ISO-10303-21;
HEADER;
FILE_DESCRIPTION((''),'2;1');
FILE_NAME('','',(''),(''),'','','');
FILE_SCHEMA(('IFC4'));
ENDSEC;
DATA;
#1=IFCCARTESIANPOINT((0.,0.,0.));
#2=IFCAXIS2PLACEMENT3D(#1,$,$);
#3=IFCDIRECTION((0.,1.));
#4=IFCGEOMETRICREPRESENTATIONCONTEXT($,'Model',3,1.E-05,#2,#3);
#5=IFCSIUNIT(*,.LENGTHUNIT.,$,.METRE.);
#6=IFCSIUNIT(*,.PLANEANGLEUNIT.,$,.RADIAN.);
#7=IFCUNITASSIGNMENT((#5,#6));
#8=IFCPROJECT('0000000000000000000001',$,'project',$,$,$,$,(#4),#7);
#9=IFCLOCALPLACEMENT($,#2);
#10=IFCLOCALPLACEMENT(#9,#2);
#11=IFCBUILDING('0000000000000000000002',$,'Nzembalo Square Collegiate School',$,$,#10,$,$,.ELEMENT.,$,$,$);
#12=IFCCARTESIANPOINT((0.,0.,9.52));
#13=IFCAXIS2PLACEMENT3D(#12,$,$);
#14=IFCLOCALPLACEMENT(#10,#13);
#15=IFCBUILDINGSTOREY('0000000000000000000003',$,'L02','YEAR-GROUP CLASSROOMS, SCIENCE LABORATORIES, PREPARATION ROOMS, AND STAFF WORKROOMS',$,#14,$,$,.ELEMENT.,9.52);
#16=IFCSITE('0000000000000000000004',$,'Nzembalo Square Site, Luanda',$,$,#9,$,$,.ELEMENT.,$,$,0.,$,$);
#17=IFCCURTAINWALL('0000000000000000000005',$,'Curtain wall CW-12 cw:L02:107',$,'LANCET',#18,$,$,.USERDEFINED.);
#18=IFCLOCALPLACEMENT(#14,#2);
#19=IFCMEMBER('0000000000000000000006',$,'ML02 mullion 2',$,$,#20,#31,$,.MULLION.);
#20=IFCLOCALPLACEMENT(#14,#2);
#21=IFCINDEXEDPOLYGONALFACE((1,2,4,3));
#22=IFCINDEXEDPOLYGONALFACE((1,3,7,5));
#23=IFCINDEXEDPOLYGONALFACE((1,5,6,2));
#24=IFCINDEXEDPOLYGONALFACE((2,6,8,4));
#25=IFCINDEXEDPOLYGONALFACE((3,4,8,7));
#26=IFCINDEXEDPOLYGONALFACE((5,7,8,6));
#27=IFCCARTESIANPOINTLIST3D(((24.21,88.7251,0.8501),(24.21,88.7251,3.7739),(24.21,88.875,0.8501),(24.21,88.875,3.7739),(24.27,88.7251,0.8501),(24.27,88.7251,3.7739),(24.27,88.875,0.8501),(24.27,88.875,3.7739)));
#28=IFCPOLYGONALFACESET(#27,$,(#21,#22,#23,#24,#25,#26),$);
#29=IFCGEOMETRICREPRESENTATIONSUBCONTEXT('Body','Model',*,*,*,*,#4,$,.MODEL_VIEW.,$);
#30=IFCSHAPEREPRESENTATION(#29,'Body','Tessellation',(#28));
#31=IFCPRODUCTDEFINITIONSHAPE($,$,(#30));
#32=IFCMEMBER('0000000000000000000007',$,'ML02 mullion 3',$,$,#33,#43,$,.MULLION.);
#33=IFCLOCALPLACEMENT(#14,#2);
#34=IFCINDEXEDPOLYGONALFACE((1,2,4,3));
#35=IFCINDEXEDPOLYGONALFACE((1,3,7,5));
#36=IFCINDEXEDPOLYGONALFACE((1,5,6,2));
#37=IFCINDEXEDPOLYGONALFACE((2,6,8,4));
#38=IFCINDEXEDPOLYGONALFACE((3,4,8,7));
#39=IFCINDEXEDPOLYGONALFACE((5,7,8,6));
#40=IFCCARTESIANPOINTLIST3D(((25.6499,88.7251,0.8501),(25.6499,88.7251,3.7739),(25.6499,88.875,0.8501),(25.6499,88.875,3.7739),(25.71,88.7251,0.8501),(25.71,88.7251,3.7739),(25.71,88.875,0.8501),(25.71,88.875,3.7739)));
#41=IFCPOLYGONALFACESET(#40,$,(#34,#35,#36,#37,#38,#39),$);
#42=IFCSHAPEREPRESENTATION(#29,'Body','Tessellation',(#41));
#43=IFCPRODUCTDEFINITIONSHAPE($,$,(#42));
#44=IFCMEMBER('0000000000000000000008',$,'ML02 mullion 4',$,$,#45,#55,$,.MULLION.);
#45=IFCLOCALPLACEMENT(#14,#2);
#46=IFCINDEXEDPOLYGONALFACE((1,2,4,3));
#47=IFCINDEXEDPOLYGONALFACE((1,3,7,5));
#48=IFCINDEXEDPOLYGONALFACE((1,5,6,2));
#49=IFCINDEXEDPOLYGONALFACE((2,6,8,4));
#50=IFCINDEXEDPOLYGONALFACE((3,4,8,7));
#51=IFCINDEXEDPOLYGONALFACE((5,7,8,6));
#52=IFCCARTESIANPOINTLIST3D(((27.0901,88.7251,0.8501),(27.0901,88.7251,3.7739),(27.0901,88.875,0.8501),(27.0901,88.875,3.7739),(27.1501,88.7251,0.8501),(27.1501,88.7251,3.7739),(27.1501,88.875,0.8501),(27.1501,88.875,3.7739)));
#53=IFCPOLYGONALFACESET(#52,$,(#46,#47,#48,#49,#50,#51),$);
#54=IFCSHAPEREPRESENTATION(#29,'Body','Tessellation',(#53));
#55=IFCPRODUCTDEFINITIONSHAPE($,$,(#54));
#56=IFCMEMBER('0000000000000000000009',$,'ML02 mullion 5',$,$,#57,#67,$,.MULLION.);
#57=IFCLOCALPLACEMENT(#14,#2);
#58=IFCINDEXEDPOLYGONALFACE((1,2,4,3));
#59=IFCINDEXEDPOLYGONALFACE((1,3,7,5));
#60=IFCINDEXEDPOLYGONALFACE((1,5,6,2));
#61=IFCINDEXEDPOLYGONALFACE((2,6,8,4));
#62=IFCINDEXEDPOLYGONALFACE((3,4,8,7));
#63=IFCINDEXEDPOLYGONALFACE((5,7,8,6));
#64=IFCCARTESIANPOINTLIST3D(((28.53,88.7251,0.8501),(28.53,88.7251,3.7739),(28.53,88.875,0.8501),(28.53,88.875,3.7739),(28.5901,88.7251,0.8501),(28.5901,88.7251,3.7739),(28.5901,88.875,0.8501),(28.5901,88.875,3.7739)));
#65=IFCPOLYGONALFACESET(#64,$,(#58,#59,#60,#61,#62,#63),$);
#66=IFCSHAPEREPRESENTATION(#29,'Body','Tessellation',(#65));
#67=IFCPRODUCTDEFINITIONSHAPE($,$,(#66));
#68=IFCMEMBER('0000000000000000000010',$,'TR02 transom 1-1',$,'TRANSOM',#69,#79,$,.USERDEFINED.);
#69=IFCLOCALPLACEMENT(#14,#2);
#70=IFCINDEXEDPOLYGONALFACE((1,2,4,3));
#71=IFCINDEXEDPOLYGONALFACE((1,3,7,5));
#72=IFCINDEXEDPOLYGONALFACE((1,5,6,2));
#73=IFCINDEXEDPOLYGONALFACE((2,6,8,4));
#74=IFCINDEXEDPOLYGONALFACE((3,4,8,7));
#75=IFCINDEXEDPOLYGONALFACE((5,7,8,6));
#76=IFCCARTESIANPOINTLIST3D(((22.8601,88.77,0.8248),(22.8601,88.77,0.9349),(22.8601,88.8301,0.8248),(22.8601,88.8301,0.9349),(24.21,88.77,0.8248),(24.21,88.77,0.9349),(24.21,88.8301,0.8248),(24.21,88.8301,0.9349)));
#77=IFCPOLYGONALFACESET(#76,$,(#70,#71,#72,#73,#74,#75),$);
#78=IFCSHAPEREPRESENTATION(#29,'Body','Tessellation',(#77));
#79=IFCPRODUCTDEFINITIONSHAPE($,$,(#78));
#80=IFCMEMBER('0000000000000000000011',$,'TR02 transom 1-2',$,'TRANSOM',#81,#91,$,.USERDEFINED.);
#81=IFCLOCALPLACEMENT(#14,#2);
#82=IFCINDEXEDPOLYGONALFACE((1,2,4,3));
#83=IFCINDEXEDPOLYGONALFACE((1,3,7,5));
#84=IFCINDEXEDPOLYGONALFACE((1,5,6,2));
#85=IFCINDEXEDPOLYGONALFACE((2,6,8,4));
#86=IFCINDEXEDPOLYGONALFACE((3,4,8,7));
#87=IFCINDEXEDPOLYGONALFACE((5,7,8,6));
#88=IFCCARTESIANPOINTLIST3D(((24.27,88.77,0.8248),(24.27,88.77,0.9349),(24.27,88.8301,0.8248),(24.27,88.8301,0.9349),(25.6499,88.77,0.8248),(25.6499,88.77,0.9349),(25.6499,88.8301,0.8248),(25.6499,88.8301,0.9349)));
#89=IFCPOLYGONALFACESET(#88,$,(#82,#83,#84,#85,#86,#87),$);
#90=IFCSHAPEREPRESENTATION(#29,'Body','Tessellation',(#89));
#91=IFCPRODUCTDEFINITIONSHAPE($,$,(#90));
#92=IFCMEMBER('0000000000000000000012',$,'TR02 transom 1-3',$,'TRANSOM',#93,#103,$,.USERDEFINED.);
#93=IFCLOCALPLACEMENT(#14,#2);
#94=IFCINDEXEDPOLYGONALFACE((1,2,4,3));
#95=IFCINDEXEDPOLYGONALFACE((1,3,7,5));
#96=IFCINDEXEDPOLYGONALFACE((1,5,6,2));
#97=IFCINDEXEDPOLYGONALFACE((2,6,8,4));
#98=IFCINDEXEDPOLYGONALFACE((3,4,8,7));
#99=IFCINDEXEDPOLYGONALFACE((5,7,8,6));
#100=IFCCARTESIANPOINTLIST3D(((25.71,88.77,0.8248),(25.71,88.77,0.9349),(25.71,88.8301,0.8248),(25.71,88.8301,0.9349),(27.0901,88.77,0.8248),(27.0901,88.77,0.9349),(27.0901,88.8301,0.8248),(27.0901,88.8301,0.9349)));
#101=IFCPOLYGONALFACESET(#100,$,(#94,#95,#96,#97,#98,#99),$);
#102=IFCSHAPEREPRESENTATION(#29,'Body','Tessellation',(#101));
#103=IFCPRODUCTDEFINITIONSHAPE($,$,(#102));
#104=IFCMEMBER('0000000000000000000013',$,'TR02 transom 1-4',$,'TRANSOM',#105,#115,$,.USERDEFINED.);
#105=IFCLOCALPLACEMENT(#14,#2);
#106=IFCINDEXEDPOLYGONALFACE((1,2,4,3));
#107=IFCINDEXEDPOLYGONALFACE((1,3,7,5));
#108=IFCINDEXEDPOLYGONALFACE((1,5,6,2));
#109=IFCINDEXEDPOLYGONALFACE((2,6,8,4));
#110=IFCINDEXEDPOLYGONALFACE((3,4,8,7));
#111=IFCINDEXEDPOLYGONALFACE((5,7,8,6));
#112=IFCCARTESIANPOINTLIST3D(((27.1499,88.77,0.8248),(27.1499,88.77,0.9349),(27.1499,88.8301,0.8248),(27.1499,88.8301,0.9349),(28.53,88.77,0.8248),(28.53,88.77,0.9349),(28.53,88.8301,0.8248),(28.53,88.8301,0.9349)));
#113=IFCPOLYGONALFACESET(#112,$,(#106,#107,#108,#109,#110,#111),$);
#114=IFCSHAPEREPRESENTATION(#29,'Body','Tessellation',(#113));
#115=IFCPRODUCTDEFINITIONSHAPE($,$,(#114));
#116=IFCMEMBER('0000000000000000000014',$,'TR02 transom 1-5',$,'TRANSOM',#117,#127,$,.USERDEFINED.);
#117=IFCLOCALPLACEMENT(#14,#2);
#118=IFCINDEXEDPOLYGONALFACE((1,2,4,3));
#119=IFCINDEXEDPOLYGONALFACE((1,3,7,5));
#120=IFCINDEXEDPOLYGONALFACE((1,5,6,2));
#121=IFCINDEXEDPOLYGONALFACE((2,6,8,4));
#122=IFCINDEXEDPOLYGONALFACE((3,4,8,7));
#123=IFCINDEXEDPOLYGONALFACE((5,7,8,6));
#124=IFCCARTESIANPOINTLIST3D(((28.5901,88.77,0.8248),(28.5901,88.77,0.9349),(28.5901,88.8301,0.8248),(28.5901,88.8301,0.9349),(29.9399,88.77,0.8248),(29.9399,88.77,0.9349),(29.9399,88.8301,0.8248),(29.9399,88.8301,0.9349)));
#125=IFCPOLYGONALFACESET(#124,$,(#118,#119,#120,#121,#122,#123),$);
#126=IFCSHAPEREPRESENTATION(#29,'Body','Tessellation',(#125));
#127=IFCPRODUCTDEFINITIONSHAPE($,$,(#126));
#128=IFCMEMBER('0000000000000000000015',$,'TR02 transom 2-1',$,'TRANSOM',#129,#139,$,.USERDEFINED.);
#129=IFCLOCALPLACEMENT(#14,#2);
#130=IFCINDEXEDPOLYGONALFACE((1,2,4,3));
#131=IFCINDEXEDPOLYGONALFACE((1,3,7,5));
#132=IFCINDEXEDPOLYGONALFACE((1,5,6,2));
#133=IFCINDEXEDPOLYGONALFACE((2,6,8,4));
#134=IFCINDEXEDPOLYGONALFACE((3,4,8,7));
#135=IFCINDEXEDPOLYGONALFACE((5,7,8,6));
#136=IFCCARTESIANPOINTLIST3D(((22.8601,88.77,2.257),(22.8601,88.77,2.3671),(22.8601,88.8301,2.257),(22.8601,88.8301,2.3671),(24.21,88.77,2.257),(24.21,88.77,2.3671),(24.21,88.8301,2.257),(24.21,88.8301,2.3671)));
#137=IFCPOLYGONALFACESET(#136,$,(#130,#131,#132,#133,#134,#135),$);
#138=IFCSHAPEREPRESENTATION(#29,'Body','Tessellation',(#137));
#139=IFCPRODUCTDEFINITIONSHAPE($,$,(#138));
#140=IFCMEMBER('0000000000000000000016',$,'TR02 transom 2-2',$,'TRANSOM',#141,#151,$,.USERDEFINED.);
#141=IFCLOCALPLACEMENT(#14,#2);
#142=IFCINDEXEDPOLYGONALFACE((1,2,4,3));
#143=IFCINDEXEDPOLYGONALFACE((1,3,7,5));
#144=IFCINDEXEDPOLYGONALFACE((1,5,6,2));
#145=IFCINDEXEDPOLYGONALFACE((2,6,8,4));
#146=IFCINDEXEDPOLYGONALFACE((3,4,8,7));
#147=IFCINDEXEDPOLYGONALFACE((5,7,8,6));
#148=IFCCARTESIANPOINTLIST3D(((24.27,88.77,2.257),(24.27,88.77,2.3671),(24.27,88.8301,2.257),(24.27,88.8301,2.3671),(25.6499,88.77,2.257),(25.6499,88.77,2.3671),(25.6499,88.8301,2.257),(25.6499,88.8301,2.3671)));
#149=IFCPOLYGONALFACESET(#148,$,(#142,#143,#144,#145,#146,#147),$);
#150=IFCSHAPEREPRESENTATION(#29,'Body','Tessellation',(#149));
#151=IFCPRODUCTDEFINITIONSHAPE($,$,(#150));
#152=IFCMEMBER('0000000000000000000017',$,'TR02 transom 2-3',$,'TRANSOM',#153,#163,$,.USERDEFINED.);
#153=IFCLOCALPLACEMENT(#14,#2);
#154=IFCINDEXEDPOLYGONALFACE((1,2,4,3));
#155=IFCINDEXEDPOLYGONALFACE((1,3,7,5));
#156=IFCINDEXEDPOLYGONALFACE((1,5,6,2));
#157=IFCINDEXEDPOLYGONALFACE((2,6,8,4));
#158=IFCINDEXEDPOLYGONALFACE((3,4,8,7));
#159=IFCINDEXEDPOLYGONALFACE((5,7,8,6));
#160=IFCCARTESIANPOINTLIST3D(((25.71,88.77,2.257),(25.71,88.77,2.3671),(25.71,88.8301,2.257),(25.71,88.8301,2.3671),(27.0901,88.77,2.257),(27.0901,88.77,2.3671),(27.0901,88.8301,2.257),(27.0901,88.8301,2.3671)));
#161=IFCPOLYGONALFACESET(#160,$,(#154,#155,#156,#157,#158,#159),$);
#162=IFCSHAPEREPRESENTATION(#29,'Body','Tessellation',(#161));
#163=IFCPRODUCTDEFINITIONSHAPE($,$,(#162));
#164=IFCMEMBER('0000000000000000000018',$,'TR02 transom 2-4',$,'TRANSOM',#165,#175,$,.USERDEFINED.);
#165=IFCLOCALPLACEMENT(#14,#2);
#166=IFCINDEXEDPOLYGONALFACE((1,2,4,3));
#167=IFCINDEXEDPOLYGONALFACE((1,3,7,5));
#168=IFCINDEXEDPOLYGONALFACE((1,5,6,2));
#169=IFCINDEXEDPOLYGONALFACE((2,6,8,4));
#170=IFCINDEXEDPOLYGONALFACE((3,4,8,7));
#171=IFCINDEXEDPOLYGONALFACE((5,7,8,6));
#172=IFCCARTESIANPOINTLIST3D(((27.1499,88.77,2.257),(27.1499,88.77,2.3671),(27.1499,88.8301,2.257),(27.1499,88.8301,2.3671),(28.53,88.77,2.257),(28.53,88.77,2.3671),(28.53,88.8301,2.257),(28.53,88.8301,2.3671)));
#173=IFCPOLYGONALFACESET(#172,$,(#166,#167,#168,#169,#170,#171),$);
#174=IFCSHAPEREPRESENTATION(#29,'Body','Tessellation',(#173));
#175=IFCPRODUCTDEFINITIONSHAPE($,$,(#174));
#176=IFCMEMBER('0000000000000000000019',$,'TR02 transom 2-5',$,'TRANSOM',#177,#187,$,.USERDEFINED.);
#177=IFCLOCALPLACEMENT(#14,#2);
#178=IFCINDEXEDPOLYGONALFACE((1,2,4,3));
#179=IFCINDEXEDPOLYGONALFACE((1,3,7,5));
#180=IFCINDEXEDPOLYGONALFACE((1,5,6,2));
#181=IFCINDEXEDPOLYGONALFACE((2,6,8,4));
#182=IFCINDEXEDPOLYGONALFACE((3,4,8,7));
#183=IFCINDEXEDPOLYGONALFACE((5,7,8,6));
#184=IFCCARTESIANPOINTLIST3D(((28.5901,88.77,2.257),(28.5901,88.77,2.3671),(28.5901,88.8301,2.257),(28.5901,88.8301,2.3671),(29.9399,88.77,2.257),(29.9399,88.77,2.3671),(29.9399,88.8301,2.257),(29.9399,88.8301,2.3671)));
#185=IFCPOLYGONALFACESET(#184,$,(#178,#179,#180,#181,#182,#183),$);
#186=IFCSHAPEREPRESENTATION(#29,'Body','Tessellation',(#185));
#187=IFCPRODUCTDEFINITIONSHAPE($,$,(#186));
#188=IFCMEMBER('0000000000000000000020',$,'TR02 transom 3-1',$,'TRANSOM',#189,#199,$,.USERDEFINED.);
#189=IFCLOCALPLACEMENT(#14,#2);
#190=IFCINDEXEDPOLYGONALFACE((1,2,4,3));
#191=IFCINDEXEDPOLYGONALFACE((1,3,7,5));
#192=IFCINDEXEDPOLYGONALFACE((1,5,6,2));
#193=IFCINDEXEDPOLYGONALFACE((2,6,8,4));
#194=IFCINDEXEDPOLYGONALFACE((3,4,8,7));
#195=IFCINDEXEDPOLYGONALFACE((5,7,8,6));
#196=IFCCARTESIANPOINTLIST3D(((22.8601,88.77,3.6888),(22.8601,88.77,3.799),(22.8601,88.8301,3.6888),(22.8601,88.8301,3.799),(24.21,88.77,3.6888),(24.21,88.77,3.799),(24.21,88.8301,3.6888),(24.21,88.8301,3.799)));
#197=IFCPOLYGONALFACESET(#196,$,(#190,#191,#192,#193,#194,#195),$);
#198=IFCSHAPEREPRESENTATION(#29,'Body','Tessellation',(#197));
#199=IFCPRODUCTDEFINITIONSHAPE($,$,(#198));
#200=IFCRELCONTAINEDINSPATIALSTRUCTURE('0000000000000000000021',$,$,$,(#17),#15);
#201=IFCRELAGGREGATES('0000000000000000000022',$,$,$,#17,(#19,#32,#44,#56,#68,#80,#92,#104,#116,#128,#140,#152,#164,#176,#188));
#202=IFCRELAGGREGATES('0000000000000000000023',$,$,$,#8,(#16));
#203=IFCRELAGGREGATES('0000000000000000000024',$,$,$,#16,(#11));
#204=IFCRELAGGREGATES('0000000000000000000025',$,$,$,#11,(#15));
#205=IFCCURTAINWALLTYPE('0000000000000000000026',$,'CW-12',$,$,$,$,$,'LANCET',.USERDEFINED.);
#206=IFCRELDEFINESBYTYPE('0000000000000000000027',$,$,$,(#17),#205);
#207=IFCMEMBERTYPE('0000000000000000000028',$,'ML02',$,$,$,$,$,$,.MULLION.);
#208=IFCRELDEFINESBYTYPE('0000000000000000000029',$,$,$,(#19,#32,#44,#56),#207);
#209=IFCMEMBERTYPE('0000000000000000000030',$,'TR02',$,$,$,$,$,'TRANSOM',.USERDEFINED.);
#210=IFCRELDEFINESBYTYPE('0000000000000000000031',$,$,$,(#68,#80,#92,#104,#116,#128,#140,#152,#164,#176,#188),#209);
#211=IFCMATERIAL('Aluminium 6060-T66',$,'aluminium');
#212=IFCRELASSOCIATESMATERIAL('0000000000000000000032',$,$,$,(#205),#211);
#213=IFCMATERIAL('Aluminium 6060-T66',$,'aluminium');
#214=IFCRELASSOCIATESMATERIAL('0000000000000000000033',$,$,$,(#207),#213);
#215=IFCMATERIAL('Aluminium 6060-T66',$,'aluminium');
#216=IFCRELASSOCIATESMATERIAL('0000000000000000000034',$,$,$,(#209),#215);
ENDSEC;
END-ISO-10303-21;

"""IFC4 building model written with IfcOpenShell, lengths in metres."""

from ifc_helpers import new_model, si_unit, direction, frame, origin, origin_2d, place, context, subcontext, project, spatial, rectangle, extrude, material, material_profile, profile_set, type_object, element, aggregate, save


model = new_model("IFC4")

# Units and contexts
model_context = context("Model", 3, precision=1e-05, world=origin(), true_north=direction((0.0, 1.0)))
body_context = subcontext(model_context, "Body", "Model", "MODEL_VIEW")
ifc_project = project(units=[si_unit("LENGTHUNIT", "METRE"), si_unit("PLANEANGLEUNIT", "RADIAN")], contexts=[model_context])

# Site, building, storey
site_placement = place(None, origin())
site = spatial("IfcSite", under=ifc_project, at=site_placement, Name="Nzembalo Square Site, Luanda", CompositionType="ELEMENT", RefElevation=0.0)
building_placement = place(site_placement, origin())
building = spatial("IfcBuilding", under=site, at=building_placement, Name="Nzembalo Square Collegiate School", CompositionType="ELEMENT")
storey_placement = place(building_placement, frame((0.0, 0.0, 9.52)))
storey = spatial("IfcBuildingStorey", under=building, at=storey_placement, Name="L02", Description="YEAR-GROUP CLASSROOMS, SCIENCE LABORATORIES, PREPARATION ROOMS, AND STAFF WORKROOMS", CompositionType="ELEMENT", Elevation=9.52)

# Curtain wall, members
ifc_material_1 = material(Name="Aluminium 6060-T66", Category="aluminium")
curtain_wall_type = type_object("IfcCurtainWallType", Name="CW-12", ElementType="LANCET", PredefinedType="USERDEFINED", material=ifc_material_1)
curtain_wall_placement = place(storey_placement, origin())
curtain_wall = element("IfcCurtainWall", 1, at=curtain_wall_placement, inside=storey, type_object=curtain_wall_type, Name="Curtain wall CW-12 cw:L02:107", ObjectType="LANCET", PredefinedType="USERDEFINED")
ifc_material_2 = material(Name="Aluminium 6060-T66", Category="aluminium")
ifc_material_profile_1 = material_profile(ifc_material_2, rectangle(XDim=0.0601, YDim=0.1499, at=origin_2d()), Name="ALU M60x150")
ifc_profile_set_1 = profile_set([ifc_material_profile_1], Name="Aluminium 6060-T66")
member_type_1 = type_object("IfcMemberType", Name="ML02", PredefinedType="MULLION", material=ifc_profile_set_1)
member_1_placement = place(storey_placement, frame((24.24, 88.8, 0.8501), z_axis=(0.0, 0.0, 1.0), x_axis=(1.0, 0.0, 0.0)))
member_1 = element("IfcMember", 2, at=member_1_placement, type_object=member_type_1, Name="ML02 mullion 2", PredefinedType="MULLION", context=body_context, shape_type="SweptSolid", body=[
    extrude(rectangle(XDim=0.0601, YDim=0.1499, at=origin_2d()), origin(), (0.0, 0.0, 1.0), 2.9238),
])
member_2_placement = place(storey_placement, frame((25.6799, 88.8, 0.8501), z_axis=(0.0, 0.0, 1.0), x_axis=(1.0, 0.0, 0.0)))
member_2 = element("IfcMember", 3, at=member_2_placement, type_object=member_type_1, Name="ML02 mullion 3", PredefinedType="MULLION", context=body_context, shape_type="SweptSolid", body=[
    extrude(rectangle(XDim=0.0601, YDim=0.1499, at=origin_2d()), origin(), (0.0, 0.0, 1.0), 2.9238),
])
member_3_placement = place(storey_placement, frame((27.1201, 88.8, 0.8501), z_axis=(0.0, 0.0, 1.0), x_axis=(1.0, 0.0, 0.0)))
member_3 = element("IfcMember", 4, at=member_3_placement, type_object=member_type_1, Name="ML02 mullion 4", PredefinedType="MULLION", context=body_context, shape_type="SweptSolid", body=[
    extrude(rectangle(XDim=0.0601, YDim=0.1499, at=origin_2d()), origin(), (0.0, 0.0, 1.0), 2.9238),
])
member_4_placement = place(storey_placement, frame((28.5601, 88.8, 0.8501), z_axis=(0.0, 0.0, 1.0), x_axis=(1.0, 0.0, 0.0)))
member_4 = element("IfcMember", 5, at=member_4_placement, type_object=member_type_1, Name="ML02 mullion 5", PredefinedType="MULLION", context=body_context, shape_type="SweptSolid", body=[
    extrude(rectangle(XDim=0.0601, YDim=0.1499, at=origin_2d()), origin(), (0.0, 0.0, 1.0), 2.9238),
])
ifc_material_3 = material(Name="Aluminium 6060-T66", Category="aluminium")
ifc_material_profile_2 = material_profile(ifc_material_3, rectangle(XDim=0.0601, YDim=0.1101, at=origin_2d()), Name="ALU T60x110")
ifc_profile_set_2 = profile_set([ifc_material_profile_2], Name="Aluminium 6060-T66")
member_type_2 = type_object("IfcMemberType", Name="TR02", ElementType="TRANSOM", PredefinedType="USERDEFINED", material=ifc_profile_set_2)
member_5_placement = place(storey_placement, frame((22.8601, 88.8, 0.8799), z_axis=(1.0, 0.0, 0.0), x_axis=(0.0, 1.0, 0.0)))
member_5 = element("IfcMember", 6, at=member_5_placement, type_object=member_type_2, Name="TR02 transom 1-1", ObjectType="TRANSOM", PredefinedType="USERDEFINED", context=body_context, shape_type="SweptSolid", body=[
    extrude(rectangle(XDim=0.0601, YDim=0.1101, at=origin_2d()), origin(), (0.0, 0.0, 1.0), 1.3499),
])
member_6_placement = place(storey_placement, frame((24.27, 88.8, 0.8799), z_axis=(1.0, 0.0, 0.0), x_axis=(0.0, 1.0, 0.0)))
member_6 = element("IfcMember", 7, at=member_6_placement, type_object=member_type_2, Name="TR02 transom 1-2", ObjectType="TRANSOM", PredefinedType="USERDEFINED", context=body_context, shape_type="SweptSolid", body=[
    extrude(rectangle(XDim=0.0601, YDim=0.1101, at=origin_2d()), origin(), (0.0, 0.0, 1.0), 1.3799),
])
member_7_placement = place(storey_placement, frame((25.71, 88.8, 0.8799), z_axis=(1.0, 0.0, 0.0), x_axis=(0.0, 1.0, 0.0)))
member_7 = element("IfcMember", 8, at=member_7_placement, type_object=member_type_2, Name="TR02 transom 1-3", ObjectType="TRANSOM", PredefinedType="USERDEFINED", context=body_context, shape_type="SweptSolid", body=[
    extrude(rectangle(XDim=0.0601, YDim=0.1101, at=origin_2d()), origin(), (0.0, 0.0, 1.0), 1.3801),
])
member_8_placement = place(storey_placement, frame((27.1499, 88.8, 0.8799), z_axis=(1.0, 0.0, 0.0), x_axis=(0.0, 1.0, 0.0)))
member_8 = element("IfcMember", 9, at=member_8_placement, type_object=member_type_2, Name="TR02 transom 1-4", ObjectType="TRANSOM", PredefinedType="USERDEFINED", context=body_context, shape_type="SweptSolid", body=[
    extrude(rectangle(XDim=0.0601, YDim=0.1101, at=origin_2d()), origin(), (0.0, 0.0, 1.0), 1.3801),
])
member_9_placement = place(storey_placement, frame((28.5901, 88.8, 0.8799), z_axis=(1.0, 0.0, 0.0), x_axis=(0.0, 1.0, 0.0)))
member_9 = element("IfcMember", 10, at=member_9_placement, type_object=member_type_2, Name="TR02 transom 1-5", ObjectType="TRANSOM", PredefinedType="USERDEFINED", context=body_context, shape_type="SweptSolid", body=[
    extrude(rectangle(XDim=0.0601, YDim=0.1101, at=origin_2d()), origin(), (0.0, 0.0, 1.0), 1.3499),
])
member_10_placement = place(storey_placement, frame((22.8601, 88.8, 2.312), z_axis=(1.0, 0.0, 0.0), x_axis=(0.0, 1.0, 0.0)))
member_10 = element("IfcMember", 11, at=member_10_placement, type_object=member_type_2, Name="TR02 transom 2-1", ObjectType="TRANSOM", PredefinedType="USERDEFINED", context=body_context, shape_type="SweptSolid", body=[
    extrude(rectangle(XDim=0.0601, YDim=0.1101, at=origin_2d()), origin(), (0.0, 0.0, 1.0), 1.3499),
])
member_11_placement = place(storey_placement, frame((24.27, 88.8, 2.312), z_axis=(1.0, 0.0, 0.0), x_axis=(0.0, 1.0, 0.0)))
member_11 = element("IfcMember", 12, at=member_11_placement, type_object=member_type_2, Name="TR02 transom 2-2", ObjectType="TRANSOM", PredefinedType="USERDEFINED", context=body_context, shape_type="SweptSolid", body=[
    extrude(rectangle(XDim=0.0601, YDim=0.1101, at=origin_2d()), origin(), (0.0, 0.0, 1.0), 1.3799),
])
member_12_placement = place(storey_placement, frame((25.71, 88.8, 2.312), z_axis=(1.0, 0.0, 0.0), x_axis=(0.0, 1.0, 0.0)))
member_12 = element("IfcMember", 13, at=member_12_placement, type_object=member_type_2, Name="TR02 transom 2-3", ObjectType="TRANSOM", PredefinedType="USERDEFINED", context=body_context, shape_type="SweptSolid", body=[
    extrude(rectangle(XDim=0.0601, YDim=0.1101, at=origin_2d()), origin(), (0.0, 0.0, 1.0), 1.3801),
])
member_13_placement = place(storey_placement, frame((27.1499, 88.8, 2.312), z_axis=(1.0, 0.0, 0.0), x_axis=(0.0, 1.0, 0.0)))
member_13 = element("IfcMember", 14, at=member_13_placement, type_object=member_type_2, Name="TR02 transom 2-4", ObjectType="TRANSOM", PredefinedType="USERDEFINED", context=body_context, shape_type="SweptSolid", body=[
    extrude(rectangle(XDim=0.0601, YDim=0.1101, at=origin_2d()), origin(), (0.0, 0.0, 1.0), 1.3801),
])
member_14_placement = place(storey_placement, frame((28.5901, 88.8, 2.312), z_axis=(1.0, 0.0, 0.0), x_axis=(0.0, 1.0, 0.0)))
member_14 = element("IfcMember", 15, at=member_14_placement, type_object=member_type_2, Name="TR02 transom 2-5", ObjectType="TRANSOM", PredefinedType="USERDEFINED", context=body_context, shape_type="SweptSolid", body=[
    extrude(rectangle(XDim=0.0601, YDim=0.1101, at=origin_2d()), origin(), (0.0, 0.0, 1.0), 1.3499),
])
member_15_placement = place(storey_placement, frame((22.8601, 88.8, 3.7439), z_axis=(1.0, 0.0, 0.0), x_axis=(0.0, 1.0, 0.0)))
member_15 = element("IfcMember", 16, at=member_15_placement, type_object=member_type_2, Name="TR02 transom 3-1", ObjectType="TRANSOM", PredefinedType="USERDEFINED", context=body_context, shape_type="SweptSolid", body=[
    extrude(rectangle(XDim=0.0601, YDim=0.1101, at=origin_2d()), origin(), (0.0, 0.0, 1.0), 1.3499),
])
aggregate(curtain_wall, [member_1, member_2, member_3, member_4, member_5, member_6, member_7, member_8, member_9, member_10, member_11, member_12, member_13, member_14, member_15])

save(model, "model.ifc")
